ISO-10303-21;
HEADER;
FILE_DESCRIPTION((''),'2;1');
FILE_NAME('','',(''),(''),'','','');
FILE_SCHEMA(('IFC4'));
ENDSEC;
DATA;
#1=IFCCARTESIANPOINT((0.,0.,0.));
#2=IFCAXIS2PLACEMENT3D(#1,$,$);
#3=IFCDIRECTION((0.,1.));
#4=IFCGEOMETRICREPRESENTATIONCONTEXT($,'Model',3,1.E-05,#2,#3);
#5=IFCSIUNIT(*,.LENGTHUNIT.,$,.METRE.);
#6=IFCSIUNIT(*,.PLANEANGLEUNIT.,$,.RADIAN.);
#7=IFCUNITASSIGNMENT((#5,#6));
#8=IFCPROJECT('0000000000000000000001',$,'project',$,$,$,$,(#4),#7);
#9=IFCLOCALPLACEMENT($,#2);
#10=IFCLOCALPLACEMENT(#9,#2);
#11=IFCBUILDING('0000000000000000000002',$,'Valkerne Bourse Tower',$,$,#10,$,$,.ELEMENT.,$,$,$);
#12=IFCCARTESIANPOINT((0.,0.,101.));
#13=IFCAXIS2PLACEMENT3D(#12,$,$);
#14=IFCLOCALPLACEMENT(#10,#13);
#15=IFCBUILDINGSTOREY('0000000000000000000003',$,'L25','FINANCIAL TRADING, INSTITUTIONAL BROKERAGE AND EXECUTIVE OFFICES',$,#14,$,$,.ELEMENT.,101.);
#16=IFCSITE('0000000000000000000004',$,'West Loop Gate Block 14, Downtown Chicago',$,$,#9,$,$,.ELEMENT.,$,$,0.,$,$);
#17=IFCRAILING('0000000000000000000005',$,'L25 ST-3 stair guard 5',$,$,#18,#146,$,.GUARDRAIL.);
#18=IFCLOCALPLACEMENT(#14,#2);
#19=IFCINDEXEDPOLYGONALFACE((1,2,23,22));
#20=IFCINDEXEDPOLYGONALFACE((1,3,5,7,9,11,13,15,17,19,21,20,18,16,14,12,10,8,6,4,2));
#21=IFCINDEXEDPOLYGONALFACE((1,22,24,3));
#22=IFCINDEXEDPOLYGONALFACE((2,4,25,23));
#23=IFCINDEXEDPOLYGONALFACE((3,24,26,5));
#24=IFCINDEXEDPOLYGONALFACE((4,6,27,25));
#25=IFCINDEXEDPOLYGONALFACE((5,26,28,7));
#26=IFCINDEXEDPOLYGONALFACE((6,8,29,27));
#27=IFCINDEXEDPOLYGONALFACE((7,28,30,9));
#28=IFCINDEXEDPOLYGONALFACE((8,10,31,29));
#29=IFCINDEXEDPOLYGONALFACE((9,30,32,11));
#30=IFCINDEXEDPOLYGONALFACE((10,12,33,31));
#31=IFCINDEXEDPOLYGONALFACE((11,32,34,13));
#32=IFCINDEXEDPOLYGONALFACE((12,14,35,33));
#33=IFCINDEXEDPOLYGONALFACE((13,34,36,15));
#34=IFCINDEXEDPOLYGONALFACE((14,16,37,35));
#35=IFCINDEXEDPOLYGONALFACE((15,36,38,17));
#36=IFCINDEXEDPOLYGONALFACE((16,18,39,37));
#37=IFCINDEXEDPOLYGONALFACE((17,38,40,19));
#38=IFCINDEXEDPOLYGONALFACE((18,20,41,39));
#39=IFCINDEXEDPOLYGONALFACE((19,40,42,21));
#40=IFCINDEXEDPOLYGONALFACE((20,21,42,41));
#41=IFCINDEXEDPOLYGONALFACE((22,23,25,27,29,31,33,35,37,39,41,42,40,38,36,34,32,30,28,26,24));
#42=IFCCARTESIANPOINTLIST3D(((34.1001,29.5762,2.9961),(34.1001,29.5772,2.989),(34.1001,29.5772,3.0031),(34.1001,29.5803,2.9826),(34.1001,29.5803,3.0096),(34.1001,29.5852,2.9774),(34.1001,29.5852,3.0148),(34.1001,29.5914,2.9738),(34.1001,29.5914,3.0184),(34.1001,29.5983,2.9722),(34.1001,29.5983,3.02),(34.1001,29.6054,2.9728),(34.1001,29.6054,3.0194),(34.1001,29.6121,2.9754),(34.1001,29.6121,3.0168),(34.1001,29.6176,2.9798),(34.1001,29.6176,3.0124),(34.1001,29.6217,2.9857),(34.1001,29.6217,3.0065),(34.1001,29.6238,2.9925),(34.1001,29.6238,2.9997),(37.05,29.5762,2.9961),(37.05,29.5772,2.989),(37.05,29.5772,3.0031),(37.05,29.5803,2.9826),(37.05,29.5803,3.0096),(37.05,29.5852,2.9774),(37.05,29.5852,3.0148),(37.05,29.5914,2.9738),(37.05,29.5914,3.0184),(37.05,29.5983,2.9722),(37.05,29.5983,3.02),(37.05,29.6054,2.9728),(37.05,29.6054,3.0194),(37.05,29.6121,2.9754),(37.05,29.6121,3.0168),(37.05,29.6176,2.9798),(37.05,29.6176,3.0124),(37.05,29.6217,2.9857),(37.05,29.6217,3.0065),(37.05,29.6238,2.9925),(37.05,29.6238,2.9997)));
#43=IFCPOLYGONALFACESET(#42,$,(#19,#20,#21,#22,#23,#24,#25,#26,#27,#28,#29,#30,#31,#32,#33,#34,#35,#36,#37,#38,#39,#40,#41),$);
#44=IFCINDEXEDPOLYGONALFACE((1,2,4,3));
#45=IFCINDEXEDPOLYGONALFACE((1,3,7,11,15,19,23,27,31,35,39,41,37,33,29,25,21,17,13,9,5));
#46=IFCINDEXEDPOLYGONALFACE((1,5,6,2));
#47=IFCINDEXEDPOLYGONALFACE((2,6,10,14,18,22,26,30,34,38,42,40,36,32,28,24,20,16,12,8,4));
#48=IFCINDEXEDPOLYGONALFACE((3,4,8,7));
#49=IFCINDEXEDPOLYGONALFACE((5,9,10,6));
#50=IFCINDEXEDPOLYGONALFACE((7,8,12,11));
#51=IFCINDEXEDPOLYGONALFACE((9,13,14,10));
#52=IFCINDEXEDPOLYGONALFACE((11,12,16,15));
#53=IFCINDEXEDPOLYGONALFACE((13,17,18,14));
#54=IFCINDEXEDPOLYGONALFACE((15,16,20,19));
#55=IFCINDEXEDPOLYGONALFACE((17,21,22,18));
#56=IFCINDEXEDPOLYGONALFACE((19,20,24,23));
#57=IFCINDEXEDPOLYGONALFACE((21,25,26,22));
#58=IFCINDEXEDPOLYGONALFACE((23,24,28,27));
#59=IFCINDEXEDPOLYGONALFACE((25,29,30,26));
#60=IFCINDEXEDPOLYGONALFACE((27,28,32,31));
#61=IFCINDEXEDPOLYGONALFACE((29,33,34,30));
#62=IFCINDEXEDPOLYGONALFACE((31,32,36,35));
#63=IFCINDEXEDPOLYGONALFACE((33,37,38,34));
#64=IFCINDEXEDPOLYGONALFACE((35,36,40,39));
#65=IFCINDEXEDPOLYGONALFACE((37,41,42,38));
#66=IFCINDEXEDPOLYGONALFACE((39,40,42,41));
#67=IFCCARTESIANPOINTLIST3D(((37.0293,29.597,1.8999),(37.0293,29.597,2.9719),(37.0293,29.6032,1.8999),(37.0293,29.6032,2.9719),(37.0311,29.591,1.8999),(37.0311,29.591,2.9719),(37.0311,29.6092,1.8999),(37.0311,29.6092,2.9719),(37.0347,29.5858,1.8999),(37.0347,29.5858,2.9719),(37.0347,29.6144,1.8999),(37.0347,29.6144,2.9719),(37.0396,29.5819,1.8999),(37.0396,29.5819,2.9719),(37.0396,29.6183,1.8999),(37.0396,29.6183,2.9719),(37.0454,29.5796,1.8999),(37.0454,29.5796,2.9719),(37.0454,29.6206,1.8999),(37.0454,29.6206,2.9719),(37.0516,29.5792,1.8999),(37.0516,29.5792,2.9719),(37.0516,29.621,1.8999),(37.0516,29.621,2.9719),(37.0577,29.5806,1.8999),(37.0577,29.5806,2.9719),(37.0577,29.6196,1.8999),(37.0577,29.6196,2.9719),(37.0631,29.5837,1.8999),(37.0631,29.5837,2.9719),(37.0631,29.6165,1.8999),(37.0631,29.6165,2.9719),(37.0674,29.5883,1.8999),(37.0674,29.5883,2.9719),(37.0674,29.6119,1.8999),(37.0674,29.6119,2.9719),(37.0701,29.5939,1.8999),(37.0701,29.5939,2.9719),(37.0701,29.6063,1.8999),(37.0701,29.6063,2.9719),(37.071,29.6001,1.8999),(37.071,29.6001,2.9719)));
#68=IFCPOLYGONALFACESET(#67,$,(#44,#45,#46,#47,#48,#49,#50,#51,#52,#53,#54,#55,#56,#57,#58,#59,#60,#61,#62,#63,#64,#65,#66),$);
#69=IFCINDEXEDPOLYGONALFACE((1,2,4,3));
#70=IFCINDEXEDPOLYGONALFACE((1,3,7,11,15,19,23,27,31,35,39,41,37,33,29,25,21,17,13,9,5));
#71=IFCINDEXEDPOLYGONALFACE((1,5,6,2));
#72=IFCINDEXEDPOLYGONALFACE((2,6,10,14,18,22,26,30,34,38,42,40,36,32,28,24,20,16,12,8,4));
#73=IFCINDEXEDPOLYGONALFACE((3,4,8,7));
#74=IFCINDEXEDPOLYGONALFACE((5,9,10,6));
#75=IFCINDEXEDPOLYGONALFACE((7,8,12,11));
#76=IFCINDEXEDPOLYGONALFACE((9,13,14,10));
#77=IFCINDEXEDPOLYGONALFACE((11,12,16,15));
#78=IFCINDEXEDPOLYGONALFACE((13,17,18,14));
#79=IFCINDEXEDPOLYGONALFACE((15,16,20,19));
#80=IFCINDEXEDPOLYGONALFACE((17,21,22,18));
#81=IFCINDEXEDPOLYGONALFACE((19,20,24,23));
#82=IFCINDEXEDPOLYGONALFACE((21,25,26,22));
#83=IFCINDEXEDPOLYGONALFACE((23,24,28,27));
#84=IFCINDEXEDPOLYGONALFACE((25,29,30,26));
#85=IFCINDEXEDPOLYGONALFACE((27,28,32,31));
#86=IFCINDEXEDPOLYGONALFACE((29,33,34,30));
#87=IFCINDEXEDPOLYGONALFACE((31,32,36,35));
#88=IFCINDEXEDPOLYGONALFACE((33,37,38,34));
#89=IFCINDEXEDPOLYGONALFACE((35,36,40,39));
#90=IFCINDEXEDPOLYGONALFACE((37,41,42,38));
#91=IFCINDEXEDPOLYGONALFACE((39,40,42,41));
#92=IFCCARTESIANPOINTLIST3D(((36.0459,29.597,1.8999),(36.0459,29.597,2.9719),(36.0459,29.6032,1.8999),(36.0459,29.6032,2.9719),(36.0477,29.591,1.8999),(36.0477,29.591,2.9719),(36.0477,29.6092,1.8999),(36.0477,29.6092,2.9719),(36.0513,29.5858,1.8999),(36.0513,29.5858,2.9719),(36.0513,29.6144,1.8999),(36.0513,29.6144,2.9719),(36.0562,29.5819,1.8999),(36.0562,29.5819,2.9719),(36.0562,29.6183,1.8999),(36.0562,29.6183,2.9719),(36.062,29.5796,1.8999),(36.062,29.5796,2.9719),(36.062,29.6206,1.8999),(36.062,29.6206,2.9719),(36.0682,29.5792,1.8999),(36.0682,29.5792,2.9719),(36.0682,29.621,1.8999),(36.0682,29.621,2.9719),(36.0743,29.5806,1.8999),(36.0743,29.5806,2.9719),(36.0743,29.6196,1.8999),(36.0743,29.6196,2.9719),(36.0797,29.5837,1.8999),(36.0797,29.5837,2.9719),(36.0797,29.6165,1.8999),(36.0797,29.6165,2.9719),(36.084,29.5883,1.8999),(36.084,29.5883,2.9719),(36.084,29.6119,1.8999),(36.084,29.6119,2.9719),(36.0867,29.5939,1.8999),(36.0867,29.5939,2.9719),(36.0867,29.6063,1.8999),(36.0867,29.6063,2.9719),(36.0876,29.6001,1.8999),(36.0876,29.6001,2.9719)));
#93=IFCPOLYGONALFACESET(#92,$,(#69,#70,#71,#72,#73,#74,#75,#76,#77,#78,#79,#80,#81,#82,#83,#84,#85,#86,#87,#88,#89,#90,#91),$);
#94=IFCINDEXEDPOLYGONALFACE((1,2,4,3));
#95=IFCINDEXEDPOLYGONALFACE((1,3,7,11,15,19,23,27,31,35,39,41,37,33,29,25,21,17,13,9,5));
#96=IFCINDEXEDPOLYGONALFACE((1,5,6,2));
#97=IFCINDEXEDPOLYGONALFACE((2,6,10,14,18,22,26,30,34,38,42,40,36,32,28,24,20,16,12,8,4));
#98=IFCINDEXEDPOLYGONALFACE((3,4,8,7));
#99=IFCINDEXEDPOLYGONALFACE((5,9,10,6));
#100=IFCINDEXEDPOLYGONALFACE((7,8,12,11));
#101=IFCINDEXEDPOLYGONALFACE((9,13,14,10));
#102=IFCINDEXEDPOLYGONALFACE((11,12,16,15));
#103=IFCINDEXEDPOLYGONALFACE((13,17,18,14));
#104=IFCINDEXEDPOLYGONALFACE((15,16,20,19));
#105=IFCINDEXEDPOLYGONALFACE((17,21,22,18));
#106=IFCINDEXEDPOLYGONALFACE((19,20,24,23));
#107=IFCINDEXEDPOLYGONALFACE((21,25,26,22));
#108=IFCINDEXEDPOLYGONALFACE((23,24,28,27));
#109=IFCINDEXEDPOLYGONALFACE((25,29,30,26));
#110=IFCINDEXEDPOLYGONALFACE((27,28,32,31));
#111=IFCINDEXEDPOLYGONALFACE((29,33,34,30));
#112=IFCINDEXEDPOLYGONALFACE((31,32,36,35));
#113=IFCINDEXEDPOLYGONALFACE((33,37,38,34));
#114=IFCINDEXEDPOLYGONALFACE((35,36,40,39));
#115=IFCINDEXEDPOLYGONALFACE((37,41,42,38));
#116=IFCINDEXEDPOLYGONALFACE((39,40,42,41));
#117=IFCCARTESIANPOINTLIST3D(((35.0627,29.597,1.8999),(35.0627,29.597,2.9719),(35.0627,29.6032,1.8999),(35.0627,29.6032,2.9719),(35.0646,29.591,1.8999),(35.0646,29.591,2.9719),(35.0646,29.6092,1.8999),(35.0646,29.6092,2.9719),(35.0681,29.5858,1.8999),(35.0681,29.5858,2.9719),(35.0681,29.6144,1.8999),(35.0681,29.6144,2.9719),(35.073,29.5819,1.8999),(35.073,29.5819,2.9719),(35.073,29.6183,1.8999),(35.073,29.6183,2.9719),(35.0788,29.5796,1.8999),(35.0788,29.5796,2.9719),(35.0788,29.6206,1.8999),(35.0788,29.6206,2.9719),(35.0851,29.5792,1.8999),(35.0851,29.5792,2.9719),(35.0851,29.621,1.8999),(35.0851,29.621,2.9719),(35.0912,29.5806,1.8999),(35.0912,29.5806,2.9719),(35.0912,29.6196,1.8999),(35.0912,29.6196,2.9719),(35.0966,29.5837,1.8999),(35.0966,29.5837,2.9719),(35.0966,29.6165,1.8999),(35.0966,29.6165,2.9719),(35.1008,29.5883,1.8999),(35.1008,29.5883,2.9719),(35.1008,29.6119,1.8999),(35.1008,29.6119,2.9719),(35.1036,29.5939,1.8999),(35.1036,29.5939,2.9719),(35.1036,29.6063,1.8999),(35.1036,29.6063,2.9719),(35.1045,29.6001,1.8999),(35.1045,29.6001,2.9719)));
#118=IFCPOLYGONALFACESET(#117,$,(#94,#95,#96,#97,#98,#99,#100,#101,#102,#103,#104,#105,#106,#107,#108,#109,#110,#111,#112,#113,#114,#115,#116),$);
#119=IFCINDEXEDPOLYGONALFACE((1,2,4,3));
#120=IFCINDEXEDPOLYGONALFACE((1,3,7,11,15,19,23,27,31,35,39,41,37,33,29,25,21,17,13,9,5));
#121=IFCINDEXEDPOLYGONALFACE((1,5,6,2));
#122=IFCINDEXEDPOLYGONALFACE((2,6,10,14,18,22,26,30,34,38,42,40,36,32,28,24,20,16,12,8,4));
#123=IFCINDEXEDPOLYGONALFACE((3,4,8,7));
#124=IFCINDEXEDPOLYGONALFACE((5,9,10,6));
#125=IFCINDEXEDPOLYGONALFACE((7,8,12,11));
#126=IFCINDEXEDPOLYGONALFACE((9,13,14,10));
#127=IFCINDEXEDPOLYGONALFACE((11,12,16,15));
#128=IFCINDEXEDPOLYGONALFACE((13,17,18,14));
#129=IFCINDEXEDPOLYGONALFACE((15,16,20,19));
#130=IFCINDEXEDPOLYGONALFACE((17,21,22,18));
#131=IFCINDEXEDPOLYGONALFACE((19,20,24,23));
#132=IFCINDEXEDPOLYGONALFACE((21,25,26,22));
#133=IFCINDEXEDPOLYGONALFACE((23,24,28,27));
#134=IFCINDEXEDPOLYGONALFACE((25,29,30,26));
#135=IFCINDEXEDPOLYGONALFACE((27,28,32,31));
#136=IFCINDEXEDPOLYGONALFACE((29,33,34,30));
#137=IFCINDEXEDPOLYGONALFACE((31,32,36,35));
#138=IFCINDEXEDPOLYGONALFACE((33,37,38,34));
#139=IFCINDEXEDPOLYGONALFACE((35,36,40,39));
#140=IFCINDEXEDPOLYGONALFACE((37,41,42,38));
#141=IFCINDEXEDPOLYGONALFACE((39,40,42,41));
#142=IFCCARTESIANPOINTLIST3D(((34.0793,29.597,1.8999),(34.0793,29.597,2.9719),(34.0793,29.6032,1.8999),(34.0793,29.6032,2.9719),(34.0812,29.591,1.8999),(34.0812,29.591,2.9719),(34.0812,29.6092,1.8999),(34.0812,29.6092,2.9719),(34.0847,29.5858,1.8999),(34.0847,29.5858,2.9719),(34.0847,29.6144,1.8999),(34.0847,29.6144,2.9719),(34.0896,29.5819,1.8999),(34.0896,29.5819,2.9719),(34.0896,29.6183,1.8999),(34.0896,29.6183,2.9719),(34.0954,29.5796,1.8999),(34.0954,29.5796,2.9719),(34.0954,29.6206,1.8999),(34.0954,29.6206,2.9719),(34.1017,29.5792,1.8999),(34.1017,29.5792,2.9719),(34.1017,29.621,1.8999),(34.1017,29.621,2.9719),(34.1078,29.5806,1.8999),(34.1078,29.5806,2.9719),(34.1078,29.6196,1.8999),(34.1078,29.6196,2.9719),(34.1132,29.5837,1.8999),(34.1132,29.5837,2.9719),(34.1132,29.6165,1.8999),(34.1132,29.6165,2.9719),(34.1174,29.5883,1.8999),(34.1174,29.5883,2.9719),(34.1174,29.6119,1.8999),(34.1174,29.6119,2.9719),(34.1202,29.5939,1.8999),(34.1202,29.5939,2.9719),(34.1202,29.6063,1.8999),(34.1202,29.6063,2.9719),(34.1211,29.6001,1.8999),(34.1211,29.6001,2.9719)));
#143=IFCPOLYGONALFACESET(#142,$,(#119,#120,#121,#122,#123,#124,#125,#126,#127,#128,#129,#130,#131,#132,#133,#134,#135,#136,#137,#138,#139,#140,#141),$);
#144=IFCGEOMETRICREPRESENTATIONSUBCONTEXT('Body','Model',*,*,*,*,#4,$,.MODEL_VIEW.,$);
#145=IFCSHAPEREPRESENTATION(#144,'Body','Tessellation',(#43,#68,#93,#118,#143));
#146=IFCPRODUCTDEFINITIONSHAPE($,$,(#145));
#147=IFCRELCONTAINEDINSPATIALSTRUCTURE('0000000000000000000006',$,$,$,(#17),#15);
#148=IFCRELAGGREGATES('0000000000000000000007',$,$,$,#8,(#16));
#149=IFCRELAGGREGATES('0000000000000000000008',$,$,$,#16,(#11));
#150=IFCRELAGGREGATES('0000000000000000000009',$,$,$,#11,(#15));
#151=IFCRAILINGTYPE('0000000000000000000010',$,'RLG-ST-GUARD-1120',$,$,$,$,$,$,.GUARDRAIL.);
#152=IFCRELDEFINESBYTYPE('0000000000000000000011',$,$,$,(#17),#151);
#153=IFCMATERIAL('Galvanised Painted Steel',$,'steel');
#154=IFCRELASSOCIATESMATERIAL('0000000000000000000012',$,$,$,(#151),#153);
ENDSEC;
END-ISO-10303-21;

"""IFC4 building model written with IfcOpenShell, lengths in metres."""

from ifc_helpers import new_model, si_unit, direction, frame, origin, origin_2d, place, context, subcontext, project, spatial, circle, extrude, material, type_object, element, save


model = new_model("IFC4")

# Units and contexts
model_context = context("Model", 3, precision=1e-05, world=origin(), true_north=direction((0.0, 1.0)))
body_context = subcontext(model_context, "Body", "Model", "MODEL_VIEW")
ifc_project = project(units=[si_unit("LENGTHUNIT", "METRE"), si_unit("PLANEANGLEUNIT", "RADIAN")], contexts=[model_context])

# Site, building, storey
site_placement = place(None, origin())
site = spatial("IfcSite", under=ifc_project, at=site_placement, Name="West Loop Gate Block 14, Downtown Chicago", CompositionType="ELEMENT", RefElevation=0.0)
building_placement = place(site_placement, origin())
building = spatial("IfcBuilding", under=site, at=building_placement, Name="Valkerne Bourse Tower", CompositionType="ELEMENT")
storey_placement = place(building_placement, frame((0.0, 0.0, 101.0)))
storey = spatial("IfcBuildingStorey", under=building, at=storey_placement, Name="L25", Description="FINANCIAL TRADING, INSTITUTIONAL BROKERAGE AND EXECUTIVE OFFICES", CompositionType="ELEMENT", Elevation=101.0)

# Shared definitions
ifc_material_1 = material(Name="Galvanised Painted Steel", Category="steel")

# Railing
railing_type_1 = type_object("IfcRailingType", Name="RLG-ST-GUARD-1120", PredefinedType="GUARDRAIL", material=ifc_material_1)
railing_1_placement = place(storey_placement, frame((37.05, 29.6001, 1.8999)))
element("IfcRailing", 1, at=railing_1_placement, inside=storey, type_object=railing_type_1, Name="L25 ST-3 stair guard 5", PredefinedType="GUARDRAIL", context=body_context, shape_type="SweptSolid", body=[
    extrude(circle(Radius=0.0239, at=origin_2d()), frame((0.0, 0.0, 1.0962), z_axis=(-1.0, 0.0, 0.0), x_axis=(0.0, -1.0, 0.0)), (0.0, 0.0, 1.0), 2.95),
    extrude(circle(Radius=0.021, at=origin_2d()), origin(), (0.0, 0.0, 1.0), 1.072),
    extrude(circle(Radius=0.021, at=origin_2d()), frame((-0.9834, 0.0, 0.0)), (0.0, 0.0, 1.0), 1.072),
    extrude(circle(Radius=0.021, at=origin_2d()), frame((-1.9666, 0.0, 0.0)), (0.0, 0.0, 1.0), 1.072),
    extrude(circle(Radius=0.021, at=origin_2d()), frame((-2.95, 0.0, 0.0)), (0.0, 0.0, 1.0), 1.072),
])

save(model, "model.ifc")
